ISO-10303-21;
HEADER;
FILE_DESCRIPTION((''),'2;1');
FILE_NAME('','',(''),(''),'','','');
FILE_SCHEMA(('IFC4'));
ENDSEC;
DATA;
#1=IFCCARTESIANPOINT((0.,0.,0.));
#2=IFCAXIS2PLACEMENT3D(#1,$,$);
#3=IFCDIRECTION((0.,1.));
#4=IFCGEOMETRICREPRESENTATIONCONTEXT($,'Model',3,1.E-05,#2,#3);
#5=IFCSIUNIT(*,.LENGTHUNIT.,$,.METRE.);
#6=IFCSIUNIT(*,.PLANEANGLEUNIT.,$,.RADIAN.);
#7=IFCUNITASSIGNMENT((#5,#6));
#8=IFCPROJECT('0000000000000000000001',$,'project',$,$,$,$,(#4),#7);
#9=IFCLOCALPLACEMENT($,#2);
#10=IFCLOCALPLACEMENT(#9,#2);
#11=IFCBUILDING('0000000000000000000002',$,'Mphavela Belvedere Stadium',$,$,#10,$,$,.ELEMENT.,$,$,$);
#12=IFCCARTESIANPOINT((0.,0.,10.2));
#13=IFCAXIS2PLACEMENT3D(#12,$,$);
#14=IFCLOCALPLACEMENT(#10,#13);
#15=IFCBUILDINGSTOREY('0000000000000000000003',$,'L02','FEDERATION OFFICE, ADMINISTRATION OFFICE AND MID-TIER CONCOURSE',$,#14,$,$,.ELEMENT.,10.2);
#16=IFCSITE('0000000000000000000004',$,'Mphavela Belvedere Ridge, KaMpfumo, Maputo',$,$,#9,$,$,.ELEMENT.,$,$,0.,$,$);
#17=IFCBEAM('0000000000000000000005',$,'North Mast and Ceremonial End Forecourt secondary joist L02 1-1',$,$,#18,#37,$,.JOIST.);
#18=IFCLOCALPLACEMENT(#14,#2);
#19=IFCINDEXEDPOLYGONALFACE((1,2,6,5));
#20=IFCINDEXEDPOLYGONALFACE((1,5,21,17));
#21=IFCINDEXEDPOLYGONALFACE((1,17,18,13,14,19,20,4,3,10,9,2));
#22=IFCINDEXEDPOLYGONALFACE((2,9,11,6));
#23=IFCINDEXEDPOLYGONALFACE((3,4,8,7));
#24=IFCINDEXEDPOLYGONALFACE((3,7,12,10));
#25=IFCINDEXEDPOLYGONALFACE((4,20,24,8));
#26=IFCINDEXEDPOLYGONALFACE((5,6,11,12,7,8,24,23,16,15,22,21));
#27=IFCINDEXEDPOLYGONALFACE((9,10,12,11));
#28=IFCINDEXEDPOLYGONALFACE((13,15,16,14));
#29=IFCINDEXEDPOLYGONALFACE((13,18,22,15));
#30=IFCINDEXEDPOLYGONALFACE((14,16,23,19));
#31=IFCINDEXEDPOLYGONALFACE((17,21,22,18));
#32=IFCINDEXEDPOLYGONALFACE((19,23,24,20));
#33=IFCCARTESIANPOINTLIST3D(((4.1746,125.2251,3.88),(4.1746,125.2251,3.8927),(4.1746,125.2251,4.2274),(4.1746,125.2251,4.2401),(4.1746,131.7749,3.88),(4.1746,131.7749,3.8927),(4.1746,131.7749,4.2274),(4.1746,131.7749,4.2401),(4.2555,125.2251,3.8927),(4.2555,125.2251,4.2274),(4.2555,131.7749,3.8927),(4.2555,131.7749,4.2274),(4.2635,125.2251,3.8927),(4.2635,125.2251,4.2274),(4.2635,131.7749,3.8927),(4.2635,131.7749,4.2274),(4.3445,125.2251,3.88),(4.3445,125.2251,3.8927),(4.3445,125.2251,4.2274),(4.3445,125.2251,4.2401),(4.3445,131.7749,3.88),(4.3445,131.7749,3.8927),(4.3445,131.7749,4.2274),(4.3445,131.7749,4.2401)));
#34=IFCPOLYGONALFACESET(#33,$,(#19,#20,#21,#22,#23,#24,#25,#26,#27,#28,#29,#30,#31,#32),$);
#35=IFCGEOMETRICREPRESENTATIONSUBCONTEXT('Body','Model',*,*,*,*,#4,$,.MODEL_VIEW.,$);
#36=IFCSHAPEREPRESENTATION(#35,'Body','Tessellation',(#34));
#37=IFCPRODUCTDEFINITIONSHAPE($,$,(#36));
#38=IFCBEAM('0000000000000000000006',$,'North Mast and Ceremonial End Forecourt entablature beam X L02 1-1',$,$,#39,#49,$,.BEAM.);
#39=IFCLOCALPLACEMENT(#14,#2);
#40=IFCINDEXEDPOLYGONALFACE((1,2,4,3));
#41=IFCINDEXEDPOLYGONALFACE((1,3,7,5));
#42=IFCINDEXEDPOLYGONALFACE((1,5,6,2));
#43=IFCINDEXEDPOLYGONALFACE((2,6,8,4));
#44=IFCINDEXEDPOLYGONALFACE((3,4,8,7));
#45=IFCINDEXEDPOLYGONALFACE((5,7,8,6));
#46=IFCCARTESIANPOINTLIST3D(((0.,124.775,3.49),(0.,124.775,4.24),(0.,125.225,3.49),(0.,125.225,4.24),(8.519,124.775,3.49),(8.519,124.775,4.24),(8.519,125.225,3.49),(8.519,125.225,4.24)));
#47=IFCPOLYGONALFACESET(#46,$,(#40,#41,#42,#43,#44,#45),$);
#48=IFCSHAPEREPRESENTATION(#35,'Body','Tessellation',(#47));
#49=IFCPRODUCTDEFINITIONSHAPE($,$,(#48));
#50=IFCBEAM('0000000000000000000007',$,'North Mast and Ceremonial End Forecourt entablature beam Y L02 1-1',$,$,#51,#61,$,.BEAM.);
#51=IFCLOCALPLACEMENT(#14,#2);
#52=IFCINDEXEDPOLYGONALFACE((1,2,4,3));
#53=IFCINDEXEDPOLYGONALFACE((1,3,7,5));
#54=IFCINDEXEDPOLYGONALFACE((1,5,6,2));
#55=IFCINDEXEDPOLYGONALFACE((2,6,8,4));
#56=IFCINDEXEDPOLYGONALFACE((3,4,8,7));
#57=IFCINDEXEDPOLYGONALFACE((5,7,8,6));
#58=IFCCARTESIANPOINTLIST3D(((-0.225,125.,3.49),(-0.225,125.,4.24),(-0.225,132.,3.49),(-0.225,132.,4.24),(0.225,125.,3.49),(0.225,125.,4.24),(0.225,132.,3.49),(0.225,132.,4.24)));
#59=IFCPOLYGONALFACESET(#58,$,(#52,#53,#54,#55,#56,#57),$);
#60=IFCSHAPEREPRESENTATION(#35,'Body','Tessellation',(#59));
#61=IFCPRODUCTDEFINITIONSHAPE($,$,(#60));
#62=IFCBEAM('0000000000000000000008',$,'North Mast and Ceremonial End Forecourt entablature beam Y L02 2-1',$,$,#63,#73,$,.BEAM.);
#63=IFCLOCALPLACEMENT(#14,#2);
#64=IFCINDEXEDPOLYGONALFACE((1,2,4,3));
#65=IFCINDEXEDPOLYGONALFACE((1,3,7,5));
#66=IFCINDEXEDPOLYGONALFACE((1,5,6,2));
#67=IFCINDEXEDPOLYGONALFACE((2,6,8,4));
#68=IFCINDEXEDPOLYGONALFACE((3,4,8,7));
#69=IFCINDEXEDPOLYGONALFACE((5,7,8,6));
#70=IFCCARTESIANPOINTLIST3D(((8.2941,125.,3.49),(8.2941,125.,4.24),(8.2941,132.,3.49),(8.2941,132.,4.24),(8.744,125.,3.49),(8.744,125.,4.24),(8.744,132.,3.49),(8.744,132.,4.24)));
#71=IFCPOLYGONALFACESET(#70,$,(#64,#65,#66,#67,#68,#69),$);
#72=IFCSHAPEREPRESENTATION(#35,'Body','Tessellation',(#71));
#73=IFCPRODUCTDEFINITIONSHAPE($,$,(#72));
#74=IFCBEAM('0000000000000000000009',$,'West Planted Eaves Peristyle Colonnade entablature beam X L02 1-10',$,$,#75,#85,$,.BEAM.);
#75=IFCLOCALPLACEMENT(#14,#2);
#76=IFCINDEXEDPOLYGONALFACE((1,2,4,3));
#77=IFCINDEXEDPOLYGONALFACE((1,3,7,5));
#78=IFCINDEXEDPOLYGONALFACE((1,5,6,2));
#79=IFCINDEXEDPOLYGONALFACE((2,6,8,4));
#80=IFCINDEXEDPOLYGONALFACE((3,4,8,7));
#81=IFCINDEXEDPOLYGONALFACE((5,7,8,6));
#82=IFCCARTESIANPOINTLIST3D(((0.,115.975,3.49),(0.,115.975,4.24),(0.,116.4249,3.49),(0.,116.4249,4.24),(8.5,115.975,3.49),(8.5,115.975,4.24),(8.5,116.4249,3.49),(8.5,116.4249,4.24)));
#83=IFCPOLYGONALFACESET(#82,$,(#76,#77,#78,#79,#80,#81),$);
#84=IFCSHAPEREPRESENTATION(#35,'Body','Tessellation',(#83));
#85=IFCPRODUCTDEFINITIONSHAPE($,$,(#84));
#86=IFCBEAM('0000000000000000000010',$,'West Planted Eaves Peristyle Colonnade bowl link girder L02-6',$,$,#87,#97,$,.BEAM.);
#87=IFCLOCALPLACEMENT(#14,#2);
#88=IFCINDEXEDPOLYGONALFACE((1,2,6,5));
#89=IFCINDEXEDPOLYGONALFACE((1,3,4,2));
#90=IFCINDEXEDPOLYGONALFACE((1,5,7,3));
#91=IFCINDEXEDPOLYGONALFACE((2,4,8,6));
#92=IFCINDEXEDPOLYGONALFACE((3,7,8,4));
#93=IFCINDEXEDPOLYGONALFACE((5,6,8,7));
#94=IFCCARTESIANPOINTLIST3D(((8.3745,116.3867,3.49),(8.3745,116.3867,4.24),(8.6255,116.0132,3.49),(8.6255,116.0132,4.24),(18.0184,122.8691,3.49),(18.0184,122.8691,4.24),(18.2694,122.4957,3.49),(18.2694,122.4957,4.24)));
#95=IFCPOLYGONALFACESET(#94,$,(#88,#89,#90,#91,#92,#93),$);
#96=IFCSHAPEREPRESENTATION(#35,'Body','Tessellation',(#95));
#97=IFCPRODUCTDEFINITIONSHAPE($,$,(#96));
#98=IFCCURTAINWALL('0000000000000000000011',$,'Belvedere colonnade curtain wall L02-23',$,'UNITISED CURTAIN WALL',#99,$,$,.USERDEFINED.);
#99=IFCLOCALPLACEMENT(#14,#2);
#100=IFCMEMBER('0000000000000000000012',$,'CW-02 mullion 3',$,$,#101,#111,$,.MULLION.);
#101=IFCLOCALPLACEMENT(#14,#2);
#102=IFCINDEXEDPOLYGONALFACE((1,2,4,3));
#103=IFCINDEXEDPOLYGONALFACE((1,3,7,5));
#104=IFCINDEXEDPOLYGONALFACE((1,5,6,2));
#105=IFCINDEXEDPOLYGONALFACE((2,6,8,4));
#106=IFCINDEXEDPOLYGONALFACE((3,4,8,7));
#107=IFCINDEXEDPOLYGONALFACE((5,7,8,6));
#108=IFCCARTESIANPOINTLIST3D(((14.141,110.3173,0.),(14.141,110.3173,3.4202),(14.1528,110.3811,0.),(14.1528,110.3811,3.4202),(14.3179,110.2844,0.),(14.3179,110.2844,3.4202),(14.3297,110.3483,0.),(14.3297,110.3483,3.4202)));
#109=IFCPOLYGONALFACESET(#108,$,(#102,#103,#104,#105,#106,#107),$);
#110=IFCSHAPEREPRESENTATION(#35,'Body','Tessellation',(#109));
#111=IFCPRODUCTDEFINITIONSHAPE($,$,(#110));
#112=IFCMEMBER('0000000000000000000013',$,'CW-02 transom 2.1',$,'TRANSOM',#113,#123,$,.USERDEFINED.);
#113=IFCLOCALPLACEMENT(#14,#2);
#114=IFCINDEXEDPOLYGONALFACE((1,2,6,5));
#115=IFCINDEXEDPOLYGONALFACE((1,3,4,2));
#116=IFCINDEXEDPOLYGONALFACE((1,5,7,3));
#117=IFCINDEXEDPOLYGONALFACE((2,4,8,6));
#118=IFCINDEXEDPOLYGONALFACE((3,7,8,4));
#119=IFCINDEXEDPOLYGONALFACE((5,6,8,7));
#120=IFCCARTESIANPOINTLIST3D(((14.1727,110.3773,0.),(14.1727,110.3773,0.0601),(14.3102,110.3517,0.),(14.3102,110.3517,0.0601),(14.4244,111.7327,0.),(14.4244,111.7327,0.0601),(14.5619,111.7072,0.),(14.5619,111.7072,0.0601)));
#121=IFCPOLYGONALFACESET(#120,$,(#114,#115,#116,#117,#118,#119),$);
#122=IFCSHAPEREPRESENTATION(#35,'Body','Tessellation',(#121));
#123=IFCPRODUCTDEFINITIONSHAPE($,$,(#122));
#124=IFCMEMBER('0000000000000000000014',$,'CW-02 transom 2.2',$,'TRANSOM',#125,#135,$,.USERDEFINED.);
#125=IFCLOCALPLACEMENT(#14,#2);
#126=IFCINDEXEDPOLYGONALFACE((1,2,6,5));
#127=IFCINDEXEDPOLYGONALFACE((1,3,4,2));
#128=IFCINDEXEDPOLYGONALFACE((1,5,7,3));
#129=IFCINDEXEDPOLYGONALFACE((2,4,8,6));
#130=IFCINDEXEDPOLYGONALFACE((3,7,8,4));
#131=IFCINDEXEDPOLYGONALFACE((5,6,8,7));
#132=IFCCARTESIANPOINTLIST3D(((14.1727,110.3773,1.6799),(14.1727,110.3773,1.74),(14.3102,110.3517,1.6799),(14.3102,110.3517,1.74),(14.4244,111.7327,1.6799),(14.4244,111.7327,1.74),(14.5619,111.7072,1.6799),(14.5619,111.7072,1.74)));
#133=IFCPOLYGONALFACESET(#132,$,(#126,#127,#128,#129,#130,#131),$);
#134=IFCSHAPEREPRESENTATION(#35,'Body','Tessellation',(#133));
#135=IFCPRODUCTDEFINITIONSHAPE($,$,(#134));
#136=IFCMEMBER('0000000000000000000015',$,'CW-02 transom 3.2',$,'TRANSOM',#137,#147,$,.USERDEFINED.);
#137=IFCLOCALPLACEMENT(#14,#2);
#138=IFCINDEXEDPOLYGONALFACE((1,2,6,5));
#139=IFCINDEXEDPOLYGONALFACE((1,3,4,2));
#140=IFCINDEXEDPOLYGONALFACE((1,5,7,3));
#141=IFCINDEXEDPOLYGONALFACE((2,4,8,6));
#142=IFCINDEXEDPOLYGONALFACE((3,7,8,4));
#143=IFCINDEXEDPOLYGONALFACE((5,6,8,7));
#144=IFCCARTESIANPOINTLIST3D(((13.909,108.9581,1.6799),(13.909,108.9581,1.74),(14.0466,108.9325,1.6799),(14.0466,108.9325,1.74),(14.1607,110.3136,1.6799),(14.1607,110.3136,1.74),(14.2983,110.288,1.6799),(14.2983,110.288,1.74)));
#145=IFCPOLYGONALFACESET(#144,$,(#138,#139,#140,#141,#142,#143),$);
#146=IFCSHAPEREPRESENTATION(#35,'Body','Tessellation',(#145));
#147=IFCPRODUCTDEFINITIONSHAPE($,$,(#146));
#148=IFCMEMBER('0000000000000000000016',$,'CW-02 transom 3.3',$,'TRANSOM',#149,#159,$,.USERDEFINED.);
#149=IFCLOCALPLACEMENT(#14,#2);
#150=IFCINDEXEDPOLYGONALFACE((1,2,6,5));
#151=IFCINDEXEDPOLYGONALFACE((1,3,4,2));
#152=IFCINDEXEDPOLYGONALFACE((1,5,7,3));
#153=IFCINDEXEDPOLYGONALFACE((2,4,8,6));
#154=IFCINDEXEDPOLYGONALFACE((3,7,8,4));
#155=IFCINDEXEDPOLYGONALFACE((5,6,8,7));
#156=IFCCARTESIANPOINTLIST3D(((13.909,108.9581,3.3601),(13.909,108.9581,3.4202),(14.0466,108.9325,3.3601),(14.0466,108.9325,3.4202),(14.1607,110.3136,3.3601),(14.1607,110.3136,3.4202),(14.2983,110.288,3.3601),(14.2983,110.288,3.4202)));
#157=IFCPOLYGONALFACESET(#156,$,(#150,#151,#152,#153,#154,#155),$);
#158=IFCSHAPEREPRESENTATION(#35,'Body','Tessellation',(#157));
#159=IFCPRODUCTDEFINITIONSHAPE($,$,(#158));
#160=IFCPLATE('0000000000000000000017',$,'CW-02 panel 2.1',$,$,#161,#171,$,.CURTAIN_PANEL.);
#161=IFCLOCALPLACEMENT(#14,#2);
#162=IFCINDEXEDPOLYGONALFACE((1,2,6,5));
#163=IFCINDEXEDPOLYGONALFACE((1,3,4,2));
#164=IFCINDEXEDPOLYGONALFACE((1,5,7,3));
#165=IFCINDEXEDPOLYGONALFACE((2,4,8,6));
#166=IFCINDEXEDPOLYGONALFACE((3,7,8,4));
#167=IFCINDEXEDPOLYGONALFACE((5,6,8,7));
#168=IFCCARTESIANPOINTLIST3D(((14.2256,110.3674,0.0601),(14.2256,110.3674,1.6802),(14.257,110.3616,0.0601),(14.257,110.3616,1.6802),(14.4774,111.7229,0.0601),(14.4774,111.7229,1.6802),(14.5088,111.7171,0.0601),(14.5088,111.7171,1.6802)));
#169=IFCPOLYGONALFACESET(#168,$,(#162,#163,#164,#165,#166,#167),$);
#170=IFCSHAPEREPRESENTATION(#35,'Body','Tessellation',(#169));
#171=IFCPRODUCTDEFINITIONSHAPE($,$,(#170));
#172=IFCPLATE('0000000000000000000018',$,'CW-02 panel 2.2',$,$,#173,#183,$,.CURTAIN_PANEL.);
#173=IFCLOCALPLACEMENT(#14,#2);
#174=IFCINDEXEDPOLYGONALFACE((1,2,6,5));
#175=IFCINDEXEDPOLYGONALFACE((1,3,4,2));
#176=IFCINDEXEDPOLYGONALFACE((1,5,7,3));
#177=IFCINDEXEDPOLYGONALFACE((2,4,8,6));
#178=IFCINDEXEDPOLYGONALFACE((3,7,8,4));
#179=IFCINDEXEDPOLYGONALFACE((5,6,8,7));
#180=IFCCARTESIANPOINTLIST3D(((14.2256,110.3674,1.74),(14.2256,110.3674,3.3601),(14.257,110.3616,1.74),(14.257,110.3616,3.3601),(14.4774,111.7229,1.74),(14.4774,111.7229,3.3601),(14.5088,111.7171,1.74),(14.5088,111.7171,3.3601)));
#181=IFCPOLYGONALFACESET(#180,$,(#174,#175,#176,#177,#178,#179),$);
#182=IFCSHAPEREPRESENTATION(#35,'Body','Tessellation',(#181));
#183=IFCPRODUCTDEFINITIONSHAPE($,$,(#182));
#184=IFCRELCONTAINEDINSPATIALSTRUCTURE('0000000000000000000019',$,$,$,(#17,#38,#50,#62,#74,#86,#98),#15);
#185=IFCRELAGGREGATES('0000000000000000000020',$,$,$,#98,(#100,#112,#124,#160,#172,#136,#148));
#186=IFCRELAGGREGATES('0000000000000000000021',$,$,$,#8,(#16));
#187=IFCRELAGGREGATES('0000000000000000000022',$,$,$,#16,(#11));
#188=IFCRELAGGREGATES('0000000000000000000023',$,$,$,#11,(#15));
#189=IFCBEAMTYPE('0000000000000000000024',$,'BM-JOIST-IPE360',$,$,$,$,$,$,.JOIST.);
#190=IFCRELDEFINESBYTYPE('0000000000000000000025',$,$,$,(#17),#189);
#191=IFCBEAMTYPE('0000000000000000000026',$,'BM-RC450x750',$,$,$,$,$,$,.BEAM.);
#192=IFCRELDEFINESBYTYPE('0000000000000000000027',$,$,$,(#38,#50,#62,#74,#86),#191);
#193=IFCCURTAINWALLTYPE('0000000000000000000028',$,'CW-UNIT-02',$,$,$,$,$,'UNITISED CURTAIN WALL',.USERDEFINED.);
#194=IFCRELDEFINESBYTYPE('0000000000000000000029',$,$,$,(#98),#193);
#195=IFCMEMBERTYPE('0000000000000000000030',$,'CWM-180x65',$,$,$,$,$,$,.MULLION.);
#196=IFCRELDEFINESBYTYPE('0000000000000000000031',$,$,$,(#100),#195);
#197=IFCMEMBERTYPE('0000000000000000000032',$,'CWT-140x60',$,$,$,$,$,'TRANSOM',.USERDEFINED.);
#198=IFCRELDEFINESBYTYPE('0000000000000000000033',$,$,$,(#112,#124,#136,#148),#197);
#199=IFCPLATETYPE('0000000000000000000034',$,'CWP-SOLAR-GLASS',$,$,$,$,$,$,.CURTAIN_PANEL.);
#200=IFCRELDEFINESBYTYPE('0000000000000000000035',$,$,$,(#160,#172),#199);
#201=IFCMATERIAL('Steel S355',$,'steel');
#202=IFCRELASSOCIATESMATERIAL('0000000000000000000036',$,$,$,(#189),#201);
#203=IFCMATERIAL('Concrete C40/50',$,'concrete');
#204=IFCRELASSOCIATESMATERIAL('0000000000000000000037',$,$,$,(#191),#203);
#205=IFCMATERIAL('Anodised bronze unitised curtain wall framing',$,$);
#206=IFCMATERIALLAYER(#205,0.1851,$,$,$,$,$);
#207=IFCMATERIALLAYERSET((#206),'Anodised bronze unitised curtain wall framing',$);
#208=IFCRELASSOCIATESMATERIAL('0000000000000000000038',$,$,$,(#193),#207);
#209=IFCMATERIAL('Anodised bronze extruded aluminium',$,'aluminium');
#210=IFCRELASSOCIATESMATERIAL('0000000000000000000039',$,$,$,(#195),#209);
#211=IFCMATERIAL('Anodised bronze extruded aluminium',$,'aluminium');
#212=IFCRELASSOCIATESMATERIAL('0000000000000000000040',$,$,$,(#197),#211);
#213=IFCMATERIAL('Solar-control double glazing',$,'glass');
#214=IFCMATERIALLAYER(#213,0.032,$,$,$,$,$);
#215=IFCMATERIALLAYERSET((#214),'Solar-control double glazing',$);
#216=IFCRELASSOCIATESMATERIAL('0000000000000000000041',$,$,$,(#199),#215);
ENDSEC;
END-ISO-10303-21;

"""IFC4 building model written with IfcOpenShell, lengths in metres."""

from ifc_helpers import new_model, si_unit, direction, frame, origin, origin_2d, place, context, subcontext, project, spatial, rectangle, i_section, extrude, material, layer, layer_set, material_profile, profile_set, type_object, element, aggregate, save


model = new_model("IFC4")

# Units and contexts
model_context = context("Model", 3, precision=1e-05, world=origin(), true_north=direction((0.0, 1.0)))
body_context = subcontext(model_context, "Body", "Model", "MODEL_VIEW")
ifc_project = project(units=[si_unit("LENGTHUNIT", "METRE"), si_unit("PLANEANGLEUNIT", "RADIAN")], contexts=[model_context])

# Site, building, storey
site_placement = place(None, origin())
site = spatial("IfcSite", under=ifc_project, at=site_placement, Name="Mphavela Belvedere Ridge, KaMpfumo, Maputo", CompositionType="ELEMENT", RefElevation=0.0)
building_placement = place(site_placement, origin())
building = spatial("IfcBuilding", under=site, at=building_placement, Name="Mphavela Belvedere Stadium", CompositionType="ELEMENT")
storey_placement = place(building_placement, frame((0.0, 0.0, 10.2)))
storey = spatial("IfcBuildingStorey", under=building, at=storey_placement, Name="L02", Description="FEDERATION OFFICE, ADMINISTRATION OFFICE AND MID-TIER CONCOURSE", CompositionType="ELEMENT", Elevation=10.2)

# Beams
ifc_material_1 = material(Name="Steel S355", Category="steel")
ifc_material_profile_1 = material_profile(ifc_material_1, i_section(OverallWidth=0.1699, OverallDepth=0.3601, WebThickness=0.0081, FlangeThickness=0.0127, at=origin_2d()), Name="IPE 360")
ifc_profile_set_1 = profile_set([ifc_material_profile_1], Name="Steel S355")
beam_type_1 = type_object("IfcBeamType", Name="BM-JOIST-IPE360", PredefinedType="JOIST", material=ifc_profile_set_1)
beam_1_placement = place(storey_placement, frame((4.2595, 125.2251, 4.0601), z_axis=(0.0, 1.0, 0.0), x_axis=(-1.0, 0.0, 0.0)))
element("IfcBeam", 1, at=beam_1_placement, inside=storey, type_object=beam_type_1, Name="North Mast and Ceremonial End Forecourt secondary joist L02 1-1", PredefinedType="JOIST", context=body_context, shape_type="SweptSolid", body=[
    extrude(i_section(OverallWidth=0.1699, OverallDepth=0.3601, WebThickness=0.0081, FlangeThickness=0.0127, at=origin_2d()), origin(), (0.0, 0.0, 1.0), 6.5498),
])
ifc_material_2 = material(Name="Concrete C40/50", Category="concrete")
ifc_material_profile_2 = material_profile(ifc_material_2, rectangle(XDim=0.45, YDim=0.75, at=origin_2d()), Name="RC 450x750")
ifc_profile_set_2 = profile_set([ifc_material_profile_2], Name="Concrete C40/50")
beam_type_2 = type_object("IfcBeamType", Name="BM-RC450x750", PredefinedType="BEAM", material=ifc_profile_set_2)
beam_2_placement = place(storey_placement, frame((0.0, 125.0, 3.865), z_axis=(1.0, 0.0, 0.0), x_axis=(0.0, 1.0, 0.0)))
element("IfcBeam", 2, at=beam_2_placement, inside=storey, type_object=beam_type_2, Name="North Mast and Ceremonial End Forecourt entablature beam X L02 1-1", PredefinedType="BEAM", context=body_context, shape_type="SweptSolid", body=[
    extrude(rectangle(XDim=0.45, YDim=0.75, at=origin_2d()), origin(), (0.0, 0.0, 1.0), 8.519),
])
for number, where, z_axis, x_axis, name in (
    (3, (0.0, 125.0, 3.865), (0.0, 1.0, 0.0), (-1.0, 0.0, 0.0), "North Mast and Ceremonial End Forecourt entablature beam Y L02 1-1"),
    (4, (8.519, 125.0, 3.865), (0.0, 1.0, 0.0), (-1.0, 0.0, 0.0), "North Mast and Ceremonial End Forecourt entablature beam Y L02 2-1"),
):
    element("IfcBeam", number, at=place(storey_placement, frame(where, z_axis=z_axis, x_axis=x_axis)), inside=storey, type_object=beam_type_2, Name=name, PredefinedType="BEAM", context=body_context, shape_type="SweptSolid", body=[
        extrude(rectangle(XDim=0.45, YDim=0.75, at=origin_2d()), origin(), (0.0, 0.0, 1.0), 7.0),
    ])
beam_3_placement = place(storey_placement, frame((0.0, 116.2, 3.865), z_axis=(1.0, 0.0, 0.0), x_axis=(0.0, 1.0, 0.0)))
element("IfcBeam", 5, at=beam_3_placement, inside=storey, type_object=beam_type_2, Name="West Planted Eaves Peristyle Colonnade entablature beam X L02 1-10", PredefinedType="BEAM", context=body_context, shape_type="SweptSolid", body=[
    extrude(rectangle(XDim=0.45, YDim=0.75, at=origin_2d()), origin(), (0.0, 0.0, 1.0), 8.5),
])
beam_4_placement = place(storey_placement, frame((8.5, 116.2, 3.865), z_axis=(0.82993, 0.557867, 0.0), x_axis=(-0.557867, 0.82993, 0.0)))
element("IfcBeam", 6, at=beam_4_placement, inside=storey, type_object=beam_type_2, Name="West Planted Eaves Peristyle Colonnade bowl link girder L02-6", PredefinedType="BEAM", context=body_context, shape_type="SweptSolid", body=[
    extrude(rectangle(XDim=0.45, YDim=0.75, at=origin_2d()), origin(), (0.0, 0.0, 1.0), 11.6201),
])

# Curtain wall, members, plates
ifc_material_3 = material(Name="Anodised bronze unitised curtain wall framing")
ifc_layer_1 = layer(ifc_material_3, 0.1851)
ifc_layer_set_1 = layer_set([ifc_layer_1], Name="Anodised bronze unitised curtain wall framing")
curtain_wall_type = type_object("IfcCurtainWallType", Name="CW-UNIT-02", ElementType="UNITISED CURTAIN WALL", PredefinedType="USERDEFINED", material=ifc_layer_set_1)
curtain_wall_placement = place(storey_placement, origin())
curtain_wall = element("IfcCurtainWall", 7, at=curtain_wall_placement, inside=storey, type_object=curtain_wall_type, Name="Belvedere colonnade curtain wall L02-23", ObjectType="UNITISED CURTAIN WALL", PredefinedType="USERDEFINED")
ifc_material_4 = material(Name="Anodised bronze extruded aluminium", Category="aluminium")
ifc_material_profile_3 = material_profile(ifc_material_4, rectangle(XDim=0.1799, YDim=0.0649, at=origin_2d()), Name="CW-MUL 180x65")
ifc_profile_set_3 = profile_set([ifc_material_profile_3], Name="Anodised bronze extruded aluminium")
member_type_1 = type_object("IfcMemberType", Name="CWM-180x65", PredefinedType="MULLION", material=ifc_profile_set_3)
member_1_placement = place(storey_placement, frame((14.2354, 110.3328, 0.0), z_axis=(0.0, 0.0, 1.0), x_axis=(0.983183, -0.182625, 0.0)))
member_1 = element("IfcMember", 8, at=member_1_placement, type_object=member_type_1, Name="CW-02 mullion 3", PredefinedType="MULLION", context=body_context, shape_type="SweptSolid", body=[
    extrude(rectangle(XDim=0.1799, YDim=0.0649, at=origin_2d()), origin(), (0.0, 0.0, 1.0), 3.4202),
])
ifc_material_5 = material(Name="Anodised bronze extruded aluminium", Category="aluminium")
ifc_material_profile_4 = material_profile(ifc_material_5, rectangle(XDim=0.1399, YDim=0.0601, at=origin_2d()), Name="CW-TRN 140x60")
ifc_profile_set_4 = profile_set([ifc_material_profile_4], Name="Anodised bronze extruded aluminium")
member_type_2 = type_object("IfcMemberType", Name="CWT-140x60", ElementType="TRANSOM", PredefinedType="USERDEFINED", material=ifc_profile_set_4)
member_2_placement = place(storey_placement, frame((14.4932, 111.72, 0.03), z_axis=(-0.182578, -0.983191, 0.0), x_axis=(0.983191, -0.182578, 0.0)))
member_2 = element("IfcMember", 9, at=member_2_placement, type_object=member_type_2, Name="CW-02 transom 2.1", ObjectType="TRANSOM", PredefinedType="USERDEFINED", context=body_context, shape_type="SweptSolid", body=[
    extrude(rectangle(XDim=0.1399, YDim=0.0601, at=origin_2d()), origin(), (0.0, 0.0, 1.0), 1.3787),
])
member_3_placement = place(storey_placement, frame((14.4932, 111.72, 1.71), z_axis=(-0.182578, -0.983191, 0.0), x_axis=(0.983191, -0.182578, 0.0)))
member_3 = element("IfcMember", 10, at=member_3_placement, type_object=member_type_2, Name="CW-02 transom 2.2", ObjectType="TRANSOM", PredefinedType="USERDEFINED", context=body_context, shape_type="SweptSolid", body=[
    extrude(rectangle(XDim=0.1399, YDim=0.0601, at=origin_2d()), origin(), (0.0, 0.0, 1.0), 1.3787),
])
member_4_placement = place(storey_placement, frame((14.2295, 110.3008, 1.71), z_axis=(-0.182578, -0.983191, 0.0), x_axis=(0.983191, -0.182578, 0.0)))
member_4 = element("IfcMember", 11, at=member_4_placement, type_object=member_type_2, Name="CW-02 transom 3.2", ObjectType="TRANSOM", PredefinedType="USERDEFINED", context=body_context, shape_type="SweptSolid", body=[
    extrude(rectangle(XDim=0.1399, YDim=0.0601, at=origin_2d()), origin(), (0.0, 0.0, 1.0), 1.3787),
])
member_5_placement = place(storey_placement, frame((14.2295, 110.3008, 3.3901), z_axis=(-0.182578, -0.983191, 0.0), x_axis=(0.983191, -0.182578, 0.0)))
member_5 = element("IfcMember", 12, at=member_5_placement, type_object=member_type_2, Name="CW-02 transom 3.3", ObjectType="TRANSOM", PredefinedType="USERDEFINED", context=body_context, shape_type="SweptSolid", body=[
    extrude(rectangle(XDim=0.1399, YDim=0.0601, at=origin_2d()), origin(), (0.0, 0.0, 1.0), 1.3787),
])
ifc_material_6 = material(Name="Solar-control double glazing", Category="glass")
ifc_layer_2 = layer(ifc_material_6, 0.032)
ifc_layer_set_2 = layer_set([ifc_layer_2], Name="Solar-control double glazing")
plate_type = type_object("IfcPlateType", Name="CWP-SOLAR-GLASS", PredefinedType="CURTAIN_PANEL", material=ifc_layer_set_2)
plate_1_placement = place(storey_placement, frame((14.3672, 111.0422, 0.0601), z_axis=(0.0, 0.0, 1.0), x_axis=(-0.182625, -0.983183, 0.0)))
plate_1 = element("IfcPlate", 13, at=plate_1_placement, type_object=plate_type, Name="CW-02 panel 2.1", PredefinedType="CURTAIN_PANEL", context=body_context, shape_type="SweptSolid", body=[
    extrude(rectangle(XDim=1.3787, YDim=0.032, at=origin_2d()), origin(), (0.0, 0.0, 1.0), 1.6201),
])
plate_2_placement = place(storey_placement, frame((14.3672, 111.0422, 1.74), z_axis=(0.0, 0.0, 1.0), x_axis=(-0.182625, -0.983183, 0.0)))
plate_2 = element("IfcPlate", 14, at=plate_2_placement, type_object=plate_type, Name="CW-02 panel 2.2", PredefinedType="CURTAIN_PANEL", context=body_context, shape_type="SweptSolid", body=[
    extrude(rectangle(XDim=1.3787, YDim=0.032, at=origin_2d()), origin(), (0.0, 0.0, 1.0), 1.6201),
])
aggregate(curtain_wall, [member_1, member_2, member_3, plate_1, plate_2, member_4, member_5])

save(model, "model.ifc")
